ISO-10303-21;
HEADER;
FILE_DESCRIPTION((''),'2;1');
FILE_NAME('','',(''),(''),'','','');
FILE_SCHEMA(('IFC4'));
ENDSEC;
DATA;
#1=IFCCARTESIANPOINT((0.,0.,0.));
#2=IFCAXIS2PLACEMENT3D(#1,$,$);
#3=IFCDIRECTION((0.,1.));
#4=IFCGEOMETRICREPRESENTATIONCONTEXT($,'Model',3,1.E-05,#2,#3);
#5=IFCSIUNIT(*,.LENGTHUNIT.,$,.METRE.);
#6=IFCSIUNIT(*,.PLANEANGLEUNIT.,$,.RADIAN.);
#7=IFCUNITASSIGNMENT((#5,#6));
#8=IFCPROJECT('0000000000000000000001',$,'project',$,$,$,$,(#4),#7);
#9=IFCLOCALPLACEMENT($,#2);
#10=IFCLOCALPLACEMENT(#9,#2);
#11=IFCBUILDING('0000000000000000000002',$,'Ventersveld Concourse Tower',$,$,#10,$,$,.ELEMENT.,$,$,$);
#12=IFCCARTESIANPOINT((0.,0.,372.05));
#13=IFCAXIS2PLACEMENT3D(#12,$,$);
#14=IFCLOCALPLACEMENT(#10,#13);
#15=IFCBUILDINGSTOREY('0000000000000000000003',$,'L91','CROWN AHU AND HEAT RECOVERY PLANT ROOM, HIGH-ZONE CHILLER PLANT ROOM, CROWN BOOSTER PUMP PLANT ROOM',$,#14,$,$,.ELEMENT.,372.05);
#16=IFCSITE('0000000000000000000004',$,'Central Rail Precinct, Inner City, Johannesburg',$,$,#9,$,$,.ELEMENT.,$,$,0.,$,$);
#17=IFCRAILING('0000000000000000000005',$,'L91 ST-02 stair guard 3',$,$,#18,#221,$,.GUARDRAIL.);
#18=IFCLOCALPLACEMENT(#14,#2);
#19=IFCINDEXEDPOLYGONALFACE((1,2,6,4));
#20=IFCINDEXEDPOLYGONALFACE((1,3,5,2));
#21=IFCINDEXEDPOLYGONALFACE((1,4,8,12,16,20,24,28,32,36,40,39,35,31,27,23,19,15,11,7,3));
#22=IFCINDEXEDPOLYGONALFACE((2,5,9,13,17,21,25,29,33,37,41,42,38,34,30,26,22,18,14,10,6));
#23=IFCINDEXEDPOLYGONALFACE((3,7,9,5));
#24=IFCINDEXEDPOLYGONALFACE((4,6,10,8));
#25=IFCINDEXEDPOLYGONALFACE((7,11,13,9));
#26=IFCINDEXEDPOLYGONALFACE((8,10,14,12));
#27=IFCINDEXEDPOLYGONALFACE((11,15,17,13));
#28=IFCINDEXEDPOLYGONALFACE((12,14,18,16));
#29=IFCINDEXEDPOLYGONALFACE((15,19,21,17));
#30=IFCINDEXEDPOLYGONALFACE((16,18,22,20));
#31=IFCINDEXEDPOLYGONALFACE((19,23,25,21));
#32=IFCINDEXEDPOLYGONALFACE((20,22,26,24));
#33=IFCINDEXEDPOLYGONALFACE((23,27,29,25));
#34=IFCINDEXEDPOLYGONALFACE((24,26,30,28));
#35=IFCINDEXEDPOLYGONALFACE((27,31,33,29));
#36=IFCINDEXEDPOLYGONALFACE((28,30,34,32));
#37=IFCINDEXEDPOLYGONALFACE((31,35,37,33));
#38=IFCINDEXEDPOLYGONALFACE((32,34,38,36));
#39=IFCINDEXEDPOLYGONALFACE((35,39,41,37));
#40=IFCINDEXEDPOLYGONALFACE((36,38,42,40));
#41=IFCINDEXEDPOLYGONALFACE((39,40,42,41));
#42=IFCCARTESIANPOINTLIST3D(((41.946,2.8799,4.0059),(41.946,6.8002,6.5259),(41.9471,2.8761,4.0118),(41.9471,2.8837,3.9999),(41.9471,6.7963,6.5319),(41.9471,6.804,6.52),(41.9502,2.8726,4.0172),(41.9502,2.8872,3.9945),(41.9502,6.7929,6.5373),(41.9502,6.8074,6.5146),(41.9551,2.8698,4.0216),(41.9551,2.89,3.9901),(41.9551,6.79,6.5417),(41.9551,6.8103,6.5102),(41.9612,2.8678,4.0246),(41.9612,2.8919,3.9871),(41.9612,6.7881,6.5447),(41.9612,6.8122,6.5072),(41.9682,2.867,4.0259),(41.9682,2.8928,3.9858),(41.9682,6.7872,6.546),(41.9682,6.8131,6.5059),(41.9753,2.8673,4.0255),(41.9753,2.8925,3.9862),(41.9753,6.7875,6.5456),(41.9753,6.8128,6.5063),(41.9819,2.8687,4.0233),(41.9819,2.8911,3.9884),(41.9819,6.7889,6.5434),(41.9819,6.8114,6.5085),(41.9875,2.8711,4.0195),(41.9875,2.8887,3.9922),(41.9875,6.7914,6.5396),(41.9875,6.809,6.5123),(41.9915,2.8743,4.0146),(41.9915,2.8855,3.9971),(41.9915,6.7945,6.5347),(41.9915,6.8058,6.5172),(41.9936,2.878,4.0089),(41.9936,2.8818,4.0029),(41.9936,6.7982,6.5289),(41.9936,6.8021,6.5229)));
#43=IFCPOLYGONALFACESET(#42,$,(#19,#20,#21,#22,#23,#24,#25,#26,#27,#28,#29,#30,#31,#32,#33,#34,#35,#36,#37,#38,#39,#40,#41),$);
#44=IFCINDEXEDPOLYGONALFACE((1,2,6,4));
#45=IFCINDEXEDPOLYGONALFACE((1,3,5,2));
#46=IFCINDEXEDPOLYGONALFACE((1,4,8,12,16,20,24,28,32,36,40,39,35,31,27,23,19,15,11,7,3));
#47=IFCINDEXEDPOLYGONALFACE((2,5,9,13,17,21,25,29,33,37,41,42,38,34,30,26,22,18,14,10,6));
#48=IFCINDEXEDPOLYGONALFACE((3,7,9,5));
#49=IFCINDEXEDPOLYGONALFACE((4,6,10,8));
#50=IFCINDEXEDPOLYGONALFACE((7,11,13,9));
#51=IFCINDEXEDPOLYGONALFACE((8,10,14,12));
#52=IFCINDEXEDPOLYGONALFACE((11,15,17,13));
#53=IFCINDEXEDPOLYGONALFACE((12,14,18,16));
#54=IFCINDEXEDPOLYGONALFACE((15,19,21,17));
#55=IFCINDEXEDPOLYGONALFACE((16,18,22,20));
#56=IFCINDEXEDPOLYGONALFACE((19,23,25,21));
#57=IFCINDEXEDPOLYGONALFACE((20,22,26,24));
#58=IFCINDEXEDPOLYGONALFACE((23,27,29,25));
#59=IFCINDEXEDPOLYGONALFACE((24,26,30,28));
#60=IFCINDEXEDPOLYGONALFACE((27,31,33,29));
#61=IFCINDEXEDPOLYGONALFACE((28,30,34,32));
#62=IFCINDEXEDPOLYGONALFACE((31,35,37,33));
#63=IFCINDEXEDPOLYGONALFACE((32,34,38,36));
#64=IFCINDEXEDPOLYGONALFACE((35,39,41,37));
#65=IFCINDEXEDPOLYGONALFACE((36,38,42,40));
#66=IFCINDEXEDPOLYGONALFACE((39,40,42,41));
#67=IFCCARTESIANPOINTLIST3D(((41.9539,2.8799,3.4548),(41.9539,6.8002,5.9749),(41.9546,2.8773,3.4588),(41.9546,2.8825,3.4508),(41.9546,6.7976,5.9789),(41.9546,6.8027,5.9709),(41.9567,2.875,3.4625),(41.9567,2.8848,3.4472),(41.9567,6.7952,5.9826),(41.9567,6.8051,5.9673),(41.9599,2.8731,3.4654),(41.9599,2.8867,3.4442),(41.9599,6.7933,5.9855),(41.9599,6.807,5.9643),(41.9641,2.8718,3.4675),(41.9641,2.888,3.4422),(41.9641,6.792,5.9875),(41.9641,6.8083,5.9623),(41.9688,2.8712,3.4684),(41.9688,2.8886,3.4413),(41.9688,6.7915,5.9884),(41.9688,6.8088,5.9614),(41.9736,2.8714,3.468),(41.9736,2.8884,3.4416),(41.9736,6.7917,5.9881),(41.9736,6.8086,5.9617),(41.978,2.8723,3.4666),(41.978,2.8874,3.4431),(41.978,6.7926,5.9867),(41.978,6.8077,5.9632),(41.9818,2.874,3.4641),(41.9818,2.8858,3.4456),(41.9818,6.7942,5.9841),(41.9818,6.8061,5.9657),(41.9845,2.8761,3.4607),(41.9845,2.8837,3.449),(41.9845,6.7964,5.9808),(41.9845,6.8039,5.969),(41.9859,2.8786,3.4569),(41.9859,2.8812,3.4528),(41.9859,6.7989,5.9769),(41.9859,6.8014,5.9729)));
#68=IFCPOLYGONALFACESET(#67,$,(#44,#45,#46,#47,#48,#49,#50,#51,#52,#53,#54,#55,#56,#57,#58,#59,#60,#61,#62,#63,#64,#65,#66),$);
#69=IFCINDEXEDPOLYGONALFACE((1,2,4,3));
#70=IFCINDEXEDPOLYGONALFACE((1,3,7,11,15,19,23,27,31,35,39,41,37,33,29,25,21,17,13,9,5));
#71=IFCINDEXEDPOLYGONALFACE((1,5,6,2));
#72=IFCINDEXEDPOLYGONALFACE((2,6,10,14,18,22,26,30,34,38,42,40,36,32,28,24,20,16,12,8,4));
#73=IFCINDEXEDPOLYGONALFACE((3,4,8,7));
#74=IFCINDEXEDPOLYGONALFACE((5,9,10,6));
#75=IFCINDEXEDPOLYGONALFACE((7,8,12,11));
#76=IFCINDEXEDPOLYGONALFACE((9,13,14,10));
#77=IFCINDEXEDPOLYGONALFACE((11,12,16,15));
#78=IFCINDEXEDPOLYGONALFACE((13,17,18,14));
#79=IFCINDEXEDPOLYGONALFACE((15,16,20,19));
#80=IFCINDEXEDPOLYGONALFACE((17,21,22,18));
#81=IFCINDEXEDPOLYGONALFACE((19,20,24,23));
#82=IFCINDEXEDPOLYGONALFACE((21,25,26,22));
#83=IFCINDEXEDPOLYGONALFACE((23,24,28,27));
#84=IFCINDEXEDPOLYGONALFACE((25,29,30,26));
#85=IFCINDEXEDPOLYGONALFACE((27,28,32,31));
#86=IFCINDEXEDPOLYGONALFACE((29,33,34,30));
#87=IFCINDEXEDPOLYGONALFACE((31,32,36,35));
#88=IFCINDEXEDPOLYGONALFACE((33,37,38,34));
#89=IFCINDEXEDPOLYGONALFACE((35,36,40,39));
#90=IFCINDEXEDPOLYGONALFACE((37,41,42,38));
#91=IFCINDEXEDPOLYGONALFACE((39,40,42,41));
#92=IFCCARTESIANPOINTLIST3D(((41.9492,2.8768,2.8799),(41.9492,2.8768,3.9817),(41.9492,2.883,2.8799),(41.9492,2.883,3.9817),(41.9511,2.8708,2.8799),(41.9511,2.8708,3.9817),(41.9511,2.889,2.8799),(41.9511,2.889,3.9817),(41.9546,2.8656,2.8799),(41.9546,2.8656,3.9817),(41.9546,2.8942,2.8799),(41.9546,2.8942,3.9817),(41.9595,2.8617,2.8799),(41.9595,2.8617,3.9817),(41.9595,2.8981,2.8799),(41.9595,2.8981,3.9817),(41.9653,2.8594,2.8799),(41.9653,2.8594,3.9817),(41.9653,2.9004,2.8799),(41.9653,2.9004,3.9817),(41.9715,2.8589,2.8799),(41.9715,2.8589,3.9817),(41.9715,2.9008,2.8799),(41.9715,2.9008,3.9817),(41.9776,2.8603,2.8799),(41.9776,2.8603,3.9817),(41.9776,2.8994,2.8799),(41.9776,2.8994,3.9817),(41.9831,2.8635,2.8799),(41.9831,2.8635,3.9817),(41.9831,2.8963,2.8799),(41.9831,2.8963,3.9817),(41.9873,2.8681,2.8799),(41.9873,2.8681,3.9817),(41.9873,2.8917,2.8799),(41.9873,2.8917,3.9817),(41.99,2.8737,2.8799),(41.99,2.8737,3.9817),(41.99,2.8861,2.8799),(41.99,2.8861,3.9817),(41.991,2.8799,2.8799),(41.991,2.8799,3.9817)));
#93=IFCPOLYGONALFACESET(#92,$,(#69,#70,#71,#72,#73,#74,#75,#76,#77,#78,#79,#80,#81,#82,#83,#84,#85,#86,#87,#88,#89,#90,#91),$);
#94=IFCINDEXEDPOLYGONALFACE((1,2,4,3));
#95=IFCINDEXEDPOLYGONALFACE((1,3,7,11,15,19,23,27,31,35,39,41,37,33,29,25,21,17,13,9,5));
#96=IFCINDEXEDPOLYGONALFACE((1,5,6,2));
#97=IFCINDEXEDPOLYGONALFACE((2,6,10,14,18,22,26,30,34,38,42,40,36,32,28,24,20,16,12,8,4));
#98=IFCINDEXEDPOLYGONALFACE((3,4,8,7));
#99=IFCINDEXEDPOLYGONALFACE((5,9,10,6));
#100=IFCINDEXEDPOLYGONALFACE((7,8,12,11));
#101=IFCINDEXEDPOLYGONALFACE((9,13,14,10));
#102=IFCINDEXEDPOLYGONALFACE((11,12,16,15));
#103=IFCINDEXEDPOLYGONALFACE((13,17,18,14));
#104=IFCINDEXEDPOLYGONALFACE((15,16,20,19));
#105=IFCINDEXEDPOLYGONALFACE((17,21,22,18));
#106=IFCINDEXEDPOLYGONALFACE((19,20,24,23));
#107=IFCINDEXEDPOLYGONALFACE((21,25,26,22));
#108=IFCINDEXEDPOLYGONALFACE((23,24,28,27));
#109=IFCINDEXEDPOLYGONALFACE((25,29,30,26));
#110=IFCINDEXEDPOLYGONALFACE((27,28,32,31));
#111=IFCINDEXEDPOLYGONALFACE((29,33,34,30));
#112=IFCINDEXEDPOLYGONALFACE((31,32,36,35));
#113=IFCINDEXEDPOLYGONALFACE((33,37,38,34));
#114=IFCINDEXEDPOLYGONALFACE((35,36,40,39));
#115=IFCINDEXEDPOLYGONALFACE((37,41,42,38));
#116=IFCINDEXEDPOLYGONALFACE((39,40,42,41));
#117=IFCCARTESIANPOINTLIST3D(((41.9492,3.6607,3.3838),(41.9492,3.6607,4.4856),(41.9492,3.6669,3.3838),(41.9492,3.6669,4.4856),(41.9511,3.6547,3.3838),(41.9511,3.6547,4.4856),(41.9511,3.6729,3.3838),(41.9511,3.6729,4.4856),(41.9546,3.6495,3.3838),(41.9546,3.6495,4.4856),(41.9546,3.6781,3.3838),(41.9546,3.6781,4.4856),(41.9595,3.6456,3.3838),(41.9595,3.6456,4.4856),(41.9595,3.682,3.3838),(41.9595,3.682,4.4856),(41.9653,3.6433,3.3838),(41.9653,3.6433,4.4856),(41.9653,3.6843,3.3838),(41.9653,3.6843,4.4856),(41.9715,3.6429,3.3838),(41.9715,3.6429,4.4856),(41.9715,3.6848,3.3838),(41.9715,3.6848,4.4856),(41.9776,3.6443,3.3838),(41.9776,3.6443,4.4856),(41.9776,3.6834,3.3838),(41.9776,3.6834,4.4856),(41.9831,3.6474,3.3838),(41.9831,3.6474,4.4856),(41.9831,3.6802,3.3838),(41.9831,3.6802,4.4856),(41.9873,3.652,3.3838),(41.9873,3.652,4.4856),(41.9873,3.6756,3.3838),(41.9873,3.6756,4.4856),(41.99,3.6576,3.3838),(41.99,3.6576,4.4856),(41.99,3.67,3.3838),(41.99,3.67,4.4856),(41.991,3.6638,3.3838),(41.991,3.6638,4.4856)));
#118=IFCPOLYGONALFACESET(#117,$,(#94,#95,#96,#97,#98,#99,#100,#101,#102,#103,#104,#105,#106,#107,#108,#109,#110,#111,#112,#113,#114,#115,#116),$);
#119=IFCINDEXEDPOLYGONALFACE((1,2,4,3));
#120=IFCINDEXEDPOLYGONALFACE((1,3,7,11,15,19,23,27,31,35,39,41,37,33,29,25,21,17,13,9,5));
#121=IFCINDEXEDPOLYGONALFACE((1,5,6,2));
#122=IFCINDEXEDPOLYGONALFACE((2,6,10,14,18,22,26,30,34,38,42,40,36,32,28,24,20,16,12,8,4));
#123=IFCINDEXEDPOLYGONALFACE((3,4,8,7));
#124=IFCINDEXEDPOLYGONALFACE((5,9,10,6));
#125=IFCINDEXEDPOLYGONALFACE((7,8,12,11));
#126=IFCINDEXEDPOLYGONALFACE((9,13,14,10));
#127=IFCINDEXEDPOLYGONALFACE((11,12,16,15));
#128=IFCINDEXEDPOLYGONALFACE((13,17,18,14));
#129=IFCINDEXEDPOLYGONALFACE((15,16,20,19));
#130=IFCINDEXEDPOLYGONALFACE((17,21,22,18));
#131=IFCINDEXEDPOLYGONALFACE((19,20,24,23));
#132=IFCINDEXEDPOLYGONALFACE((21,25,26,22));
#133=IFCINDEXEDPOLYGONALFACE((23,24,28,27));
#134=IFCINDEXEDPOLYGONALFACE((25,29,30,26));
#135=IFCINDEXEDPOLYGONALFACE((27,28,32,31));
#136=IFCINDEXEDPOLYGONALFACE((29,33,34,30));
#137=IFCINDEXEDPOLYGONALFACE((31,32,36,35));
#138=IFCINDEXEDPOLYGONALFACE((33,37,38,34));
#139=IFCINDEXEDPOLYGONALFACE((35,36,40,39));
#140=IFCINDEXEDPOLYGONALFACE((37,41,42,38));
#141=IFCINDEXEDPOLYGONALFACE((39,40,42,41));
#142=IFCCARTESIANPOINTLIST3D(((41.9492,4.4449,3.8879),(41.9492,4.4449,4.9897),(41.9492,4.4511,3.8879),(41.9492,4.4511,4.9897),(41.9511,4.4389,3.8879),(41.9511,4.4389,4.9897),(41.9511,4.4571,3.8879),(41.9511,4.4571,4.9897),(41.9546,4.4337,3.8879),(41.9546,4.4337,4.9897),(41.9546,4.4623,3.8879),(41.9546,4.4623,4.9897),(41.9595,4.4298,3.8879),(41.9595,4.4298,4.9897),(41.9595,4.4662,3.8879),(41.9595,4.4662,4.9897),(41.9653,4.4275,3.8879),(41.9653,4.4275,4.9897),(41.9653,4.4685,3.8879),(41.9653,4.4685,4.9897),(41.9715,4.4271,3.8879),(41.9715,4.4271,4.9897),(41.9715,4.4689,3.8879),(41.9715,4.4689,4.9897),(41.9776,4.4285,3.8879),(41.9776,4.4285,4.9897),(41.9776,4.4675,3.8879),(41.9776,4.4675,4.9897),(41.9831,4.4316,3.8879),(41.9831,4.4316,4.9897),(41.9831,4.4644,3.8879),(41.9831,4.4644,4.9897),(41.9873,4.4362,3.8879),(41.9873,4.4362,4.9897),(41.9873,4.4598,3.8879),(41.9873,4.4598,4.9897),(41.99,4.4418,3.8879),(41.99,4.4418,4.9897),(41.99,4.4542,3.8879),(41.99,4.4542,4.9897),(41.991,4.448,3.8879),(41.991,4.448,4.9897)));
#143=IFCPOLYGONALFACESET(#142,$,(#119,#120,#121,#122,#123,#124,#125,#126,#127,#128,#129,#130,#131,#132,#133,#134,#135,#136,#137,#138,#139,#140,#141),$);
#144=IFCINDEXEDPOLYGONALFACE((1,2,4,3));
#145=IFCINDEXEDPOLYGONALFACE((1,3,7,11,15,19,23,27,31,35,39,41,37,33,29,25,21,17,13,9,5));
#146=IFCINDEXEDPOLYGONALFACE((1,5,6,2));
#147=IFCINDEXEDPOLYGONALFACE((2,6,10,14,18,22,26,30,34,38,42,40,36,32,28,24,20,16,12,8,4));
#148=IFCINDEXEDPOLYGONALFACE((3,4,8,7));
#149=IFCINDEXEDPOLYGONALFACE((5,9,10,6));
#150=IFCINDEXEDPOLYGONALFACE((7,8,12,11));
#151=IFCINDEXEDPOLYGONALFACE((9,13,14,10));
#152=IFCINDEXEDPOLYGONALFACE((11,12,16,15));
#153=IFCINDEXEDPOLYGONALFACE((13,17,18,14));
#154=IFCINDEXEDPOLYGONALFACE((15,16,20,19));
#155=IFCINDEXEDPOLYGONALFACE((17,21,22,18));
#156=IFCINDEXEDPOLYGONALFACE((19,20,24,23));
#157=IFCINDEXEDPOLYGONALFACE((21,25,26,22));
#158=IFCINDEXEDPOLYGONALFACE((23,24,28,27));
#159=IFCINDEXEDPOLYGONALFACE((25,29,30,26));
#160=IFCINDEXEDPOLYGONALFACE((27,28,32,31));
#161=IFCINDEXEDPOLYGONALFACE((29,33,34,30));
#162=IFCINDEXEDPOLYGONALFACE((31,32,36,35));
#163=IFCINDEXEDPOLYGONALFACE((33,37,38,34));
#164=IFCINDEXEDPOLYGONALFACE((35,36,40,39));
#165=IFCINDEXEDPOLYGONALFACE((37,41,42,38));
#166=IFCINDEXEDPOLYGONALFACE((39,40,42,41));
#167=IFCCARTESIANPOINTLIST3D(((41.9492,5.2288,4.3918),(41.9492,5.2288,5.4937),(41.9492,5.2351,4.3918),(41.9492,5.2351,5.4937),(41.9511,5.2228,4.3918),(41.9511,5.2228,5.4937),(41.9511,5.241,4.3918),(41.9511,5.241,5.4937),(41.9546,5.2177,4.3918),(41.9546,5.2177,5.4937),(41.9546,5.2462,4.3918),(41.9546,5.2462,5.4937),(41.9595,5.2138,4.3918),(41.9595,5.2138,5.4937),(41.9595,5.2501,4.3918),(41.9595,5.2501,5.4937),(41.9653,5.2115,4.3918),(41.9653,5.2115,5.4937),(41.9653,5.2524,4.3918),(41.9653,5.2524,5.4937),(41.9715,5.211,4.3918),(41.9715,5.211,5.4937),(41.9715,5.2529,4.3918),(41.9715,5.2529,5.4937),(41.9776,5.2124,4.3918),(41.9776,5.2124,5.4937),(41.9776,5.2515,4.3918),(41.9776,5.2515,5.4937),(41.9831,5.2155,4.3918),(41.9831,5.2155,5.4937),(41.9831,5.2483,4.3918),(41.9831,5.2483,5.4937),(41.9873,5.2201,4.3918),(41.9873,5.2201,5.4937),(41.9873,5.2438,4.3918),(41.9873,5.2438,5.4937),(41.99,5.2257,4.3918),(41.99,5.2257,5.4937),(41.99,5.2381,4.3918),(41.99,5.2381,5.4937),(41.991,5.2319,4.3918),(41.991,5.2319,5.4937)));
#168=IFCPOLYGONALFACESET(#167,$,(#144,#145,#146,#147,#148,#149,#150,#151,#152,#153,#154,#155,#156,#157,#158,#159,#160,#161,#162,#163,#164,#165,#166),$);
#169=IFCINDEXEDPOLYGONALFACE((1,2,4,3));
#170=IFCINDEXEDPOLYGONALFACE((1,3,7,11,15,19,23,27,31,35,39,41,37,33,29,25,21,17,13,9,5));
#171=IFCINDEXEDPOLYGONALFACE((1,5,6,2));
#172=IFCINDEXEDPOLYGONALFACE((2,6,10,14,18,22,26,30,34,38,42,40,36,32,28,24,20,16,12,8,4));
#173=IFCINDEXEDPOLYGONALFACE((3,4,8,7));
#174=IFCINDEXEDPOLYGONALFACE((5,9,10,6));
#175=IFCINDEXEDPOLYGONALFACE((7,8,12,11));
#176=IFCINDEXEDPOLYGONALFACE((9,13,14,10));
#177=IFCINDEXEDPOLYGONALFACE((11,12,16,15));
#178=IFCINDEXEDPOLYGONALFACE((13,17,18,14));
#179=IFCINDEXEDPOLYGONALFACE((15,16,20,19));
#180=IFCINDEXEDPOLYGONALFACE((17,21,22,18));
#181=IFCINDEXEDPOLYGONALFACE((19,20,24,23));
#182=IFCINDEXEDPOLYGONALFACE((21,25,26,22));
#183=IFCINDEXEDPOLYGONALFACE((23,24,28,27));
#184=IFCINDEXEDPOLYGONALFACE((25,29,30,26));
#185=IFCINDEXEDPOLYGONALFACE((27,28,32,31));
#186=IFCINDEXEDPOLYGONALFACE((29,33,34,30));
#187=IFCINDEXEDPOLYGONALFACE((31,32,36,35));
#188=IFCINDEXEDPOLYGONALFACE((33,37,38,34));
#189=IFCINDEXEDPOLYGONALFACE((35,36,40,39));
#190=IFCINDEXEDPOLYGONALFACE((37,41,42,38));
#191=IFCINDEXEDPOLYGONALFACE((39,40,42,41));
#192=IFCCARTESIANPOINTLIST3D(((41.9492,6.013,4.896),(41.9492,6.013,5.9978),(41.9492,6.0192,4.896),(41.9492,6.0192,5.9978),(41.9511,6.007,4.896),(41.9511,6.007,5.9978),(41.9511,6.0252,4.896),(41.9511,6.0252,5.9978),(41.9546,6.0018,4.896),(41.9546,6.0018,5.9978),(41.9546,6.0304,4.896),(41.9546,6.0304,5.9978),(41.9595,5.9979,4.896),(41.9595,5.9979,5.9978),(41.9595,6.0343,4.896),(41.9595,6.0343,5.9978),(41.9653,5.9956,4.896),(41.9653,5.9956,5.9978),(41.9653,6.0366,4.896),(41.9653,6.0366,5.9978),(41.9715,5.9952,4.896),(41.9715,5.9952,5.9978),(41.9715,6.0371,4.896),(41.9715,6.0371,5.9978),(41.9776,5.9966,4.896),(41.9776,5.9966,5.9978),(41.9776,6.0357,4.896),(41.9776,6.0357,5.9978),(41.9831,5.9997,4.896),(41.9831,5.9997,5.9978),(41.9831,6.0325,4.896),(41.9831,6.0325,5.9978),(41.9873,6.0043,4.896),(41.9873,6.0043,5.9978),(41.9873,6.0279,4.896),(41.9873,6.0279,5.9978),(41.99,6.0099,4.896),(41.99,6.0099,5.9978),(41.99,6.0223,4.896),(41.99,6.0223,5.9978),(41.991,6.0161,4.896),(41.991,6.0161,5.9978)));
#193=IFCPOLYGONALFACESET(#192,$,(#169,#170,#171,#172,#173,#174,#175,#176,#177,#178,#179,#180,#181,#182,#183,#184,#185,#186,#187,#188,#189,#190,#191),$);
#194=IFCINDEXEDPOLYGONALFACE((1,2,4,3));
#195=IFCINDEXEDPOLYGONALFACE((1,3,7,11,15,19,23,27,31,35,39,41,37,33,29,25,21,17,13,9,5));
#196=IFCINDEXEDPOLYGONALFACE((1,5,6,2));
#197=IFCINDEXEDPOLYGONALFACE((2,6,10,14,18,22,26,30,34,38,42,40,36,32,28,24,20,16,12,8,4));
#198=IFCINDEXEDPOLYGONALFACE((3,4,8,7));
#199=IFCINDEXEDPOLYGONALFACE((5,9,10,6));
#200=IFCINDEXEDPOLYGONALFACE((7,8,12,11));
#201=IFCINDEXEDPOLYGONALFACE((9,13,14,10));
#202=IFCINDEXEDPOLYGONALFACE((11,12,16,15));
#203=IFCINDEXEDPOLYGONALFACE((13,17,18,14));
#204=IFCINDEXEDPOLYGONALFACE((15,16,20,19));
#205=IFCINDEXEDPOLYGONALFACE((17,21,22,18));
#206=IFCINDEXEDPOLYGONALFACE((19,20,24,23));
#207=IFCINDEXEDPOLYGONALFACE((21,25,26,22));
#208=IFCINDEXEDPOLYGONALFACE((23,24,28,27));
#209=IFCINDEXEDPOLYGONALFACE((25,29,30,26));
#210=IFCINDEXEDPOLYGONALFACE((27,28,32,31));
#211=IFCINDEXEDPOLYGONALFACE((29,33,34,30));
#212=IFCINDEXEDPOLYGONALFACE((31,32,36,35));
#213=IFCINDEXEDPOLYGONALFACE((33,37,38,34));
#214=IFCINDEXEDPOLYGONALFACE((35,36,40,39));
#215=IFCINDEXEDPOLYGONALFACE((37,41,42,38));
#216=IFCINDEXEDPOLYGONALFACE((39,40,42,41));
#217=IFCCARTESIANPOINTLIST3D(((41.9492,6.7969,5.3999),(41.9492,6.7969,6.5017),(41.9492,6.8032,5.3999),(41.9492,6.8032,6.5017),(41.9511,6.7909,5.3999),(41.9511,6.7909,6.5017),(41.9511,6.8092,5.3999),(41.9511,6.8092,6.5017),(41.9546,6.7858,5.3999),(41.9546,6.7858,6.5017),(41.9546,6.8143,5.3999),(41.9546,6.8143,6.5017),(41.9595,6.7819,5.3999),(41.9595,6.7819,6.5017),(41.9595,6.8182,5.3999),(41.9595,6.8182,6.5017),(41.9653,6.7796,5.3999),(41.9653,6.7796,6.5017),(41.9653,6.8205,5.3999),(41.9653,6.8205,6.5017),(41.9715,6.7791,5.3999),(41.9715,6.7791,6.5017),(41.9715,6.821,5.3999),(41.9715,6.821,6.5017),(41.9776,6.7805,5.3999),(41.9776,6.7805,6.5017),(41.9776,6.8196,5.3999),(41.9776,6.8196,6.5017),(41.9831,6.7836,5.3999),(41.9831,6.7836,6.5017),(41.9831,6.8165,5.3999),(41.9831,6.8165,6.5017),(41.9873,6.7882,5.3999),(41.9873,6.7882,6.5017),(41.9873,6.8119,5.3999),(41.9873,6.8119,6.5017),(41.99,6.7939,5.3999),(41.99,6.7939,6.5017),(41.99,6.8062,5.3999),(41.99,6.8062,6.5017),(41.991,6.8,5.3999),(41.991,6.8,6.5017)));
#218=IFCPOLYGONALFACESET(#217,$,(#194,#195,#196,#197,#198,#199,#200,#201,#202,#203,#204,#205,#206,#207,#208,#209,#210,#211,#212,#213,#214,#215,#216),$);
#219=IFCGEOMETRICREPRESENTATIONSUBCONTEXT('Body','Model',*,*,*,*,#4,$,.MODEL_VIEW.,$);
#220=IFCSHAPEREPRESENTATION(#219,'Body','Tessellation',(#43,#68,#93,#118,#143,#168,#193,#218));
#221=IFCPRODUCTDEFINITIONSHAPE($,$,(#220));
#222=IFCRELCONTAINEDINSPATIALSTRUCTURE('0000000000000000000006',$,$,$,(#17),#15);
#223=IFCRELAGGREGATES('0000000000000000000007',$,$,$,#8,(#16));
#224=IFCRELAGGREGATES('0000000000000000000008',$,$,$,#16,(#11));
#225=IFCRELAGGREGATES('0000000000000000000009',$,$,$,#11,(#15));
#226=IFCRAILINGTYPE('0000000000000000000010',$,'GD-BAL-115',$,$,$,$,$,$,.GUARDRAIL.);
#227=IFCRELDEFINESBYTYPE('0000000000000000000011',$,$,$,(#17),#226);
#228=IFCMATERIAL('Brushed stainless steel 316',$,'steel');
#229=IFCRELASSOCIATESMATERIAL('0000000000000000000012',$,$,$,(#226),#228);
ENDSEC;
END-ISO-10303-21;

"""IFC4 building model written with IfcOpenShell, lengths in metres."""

from ifc_helpers import new_model, si_unit, direction, frame, origin, origin_2d, place, context, subcontext, project, spatial, circle, extrude, material, type_object, element, save


model = new_model("IFC4")

# Units and contexts
model_context = context("Model", 3, precision=1e-05, world=origin(), true_north=direction((0.0, 1.0)))
body_context = subcontext(model_context, "Body", "Model", "MODEL_VIEW")
ifc_project = project(units=[si_unit("LENGTHUNIT", "METRE"), si_unit("PLANEANGLEUNIT", "RADIAN")], contexts=[model_context])

# Site, building, storey
site_placement = place(None, origin())
site = spatial("IfcSite", under=ifc_project, at=site_placement, Name="Central Rail Precinct, Inner City, Johannesburg", CompositionType="ELEMENT", RefElevation=0.0)
building_placement = place(site_placement, origin())
building = spatial("IfcBuilding", under=site, at=building_placement, Name="Ventersveld Concourse Tower", CompositionType="ELEMENT")
storey_placement = place(building_placement, frame((0.0, 0.0, 372.05)))
storey = spatial("IfcBuildingStorey", under=building, at=storey_placement, Name="L91", Description="CROWN AHU AND HEAT RECOVERY PLANT ROOM, HIGH-ZONE CHILLER PLANT ROOM, CROWN BOOSTER PUMP PLANT ROOM", CompositionType="ELEMENT", Elevation=372.05)

# Shared definitions
ifc_material_1 = material(Name="Brushed stainless steel 316", Category="steel")

# Railing
railing_type_1 = type_object("IfcRailingType", Name="GD-BAL-115", PredefinedType="GUARDRAIL", material=ifc_material_1)
railing_1_placement = place(storey_placement, frame((41.97, 2.8799, 2.8799)))
element("IfcRailing", 1, at=railing_1_placement, inside=storey, type_object=railing_type_1, Name="L91 ST-02 stair guard 3", PredefinedType="GUARDRAIL", context=body_context, shape_type="SweptSolid", body=[
    extrude(circle(Radius=0.0239, at=origin_2d()), frame((0.0, 0.0, 1.126), z_axis=(0.0, 0.841187, 0.540744), x_axis=(-1.0, 0.0, 0.0)), (0.0, 0.0, 1.0), 4.6604),
    extrude(circle(Radius=0.0161, at=origin_2d()), frame((0.0, 0.0, 0.575), z_axis=(0.0, 0.841187, 0.540744), x_axis=(-1.0, 0.0, 0.0)), (0.0, 0.0, 1.0), 4.6604),
    extrude(circle(Radius=0.021, at=origin_2d()), origin(), (0.0, 0.0, 1.0), 1.1018),
    extrude(circle(Radius=0.021, at=origin_2d()), frame((0.0, 0.7839, 0.5039)), (0.0, 0.0, 1.0), 1.1018),
    extrude(circle(Radius=0.021, at=origin_2d()), frame((0.0, 1.5681, 1.0081)), (0.0, 0.0, 1.0), 1.1018),
    extrude(circle(Radius=0.021, at=origin_2d()), frame((0.0, 2.3521, 1.512)), (0.0, 0.0, 1.0), 1.1018),
    extrude(circle(Radius=0.021, at=origin_2d()), frame((0.0, 3.1362, 2.0161)), (0.0, 0.0, 1.0), 1.1018),
    extrude(circle(Radius=0.021, at=origin_2d()), frame((0.0, 3.9202, 2.52)), (0.0, 0.0, 1.0), 1.1018),
])

save(model, "model.ifc")
